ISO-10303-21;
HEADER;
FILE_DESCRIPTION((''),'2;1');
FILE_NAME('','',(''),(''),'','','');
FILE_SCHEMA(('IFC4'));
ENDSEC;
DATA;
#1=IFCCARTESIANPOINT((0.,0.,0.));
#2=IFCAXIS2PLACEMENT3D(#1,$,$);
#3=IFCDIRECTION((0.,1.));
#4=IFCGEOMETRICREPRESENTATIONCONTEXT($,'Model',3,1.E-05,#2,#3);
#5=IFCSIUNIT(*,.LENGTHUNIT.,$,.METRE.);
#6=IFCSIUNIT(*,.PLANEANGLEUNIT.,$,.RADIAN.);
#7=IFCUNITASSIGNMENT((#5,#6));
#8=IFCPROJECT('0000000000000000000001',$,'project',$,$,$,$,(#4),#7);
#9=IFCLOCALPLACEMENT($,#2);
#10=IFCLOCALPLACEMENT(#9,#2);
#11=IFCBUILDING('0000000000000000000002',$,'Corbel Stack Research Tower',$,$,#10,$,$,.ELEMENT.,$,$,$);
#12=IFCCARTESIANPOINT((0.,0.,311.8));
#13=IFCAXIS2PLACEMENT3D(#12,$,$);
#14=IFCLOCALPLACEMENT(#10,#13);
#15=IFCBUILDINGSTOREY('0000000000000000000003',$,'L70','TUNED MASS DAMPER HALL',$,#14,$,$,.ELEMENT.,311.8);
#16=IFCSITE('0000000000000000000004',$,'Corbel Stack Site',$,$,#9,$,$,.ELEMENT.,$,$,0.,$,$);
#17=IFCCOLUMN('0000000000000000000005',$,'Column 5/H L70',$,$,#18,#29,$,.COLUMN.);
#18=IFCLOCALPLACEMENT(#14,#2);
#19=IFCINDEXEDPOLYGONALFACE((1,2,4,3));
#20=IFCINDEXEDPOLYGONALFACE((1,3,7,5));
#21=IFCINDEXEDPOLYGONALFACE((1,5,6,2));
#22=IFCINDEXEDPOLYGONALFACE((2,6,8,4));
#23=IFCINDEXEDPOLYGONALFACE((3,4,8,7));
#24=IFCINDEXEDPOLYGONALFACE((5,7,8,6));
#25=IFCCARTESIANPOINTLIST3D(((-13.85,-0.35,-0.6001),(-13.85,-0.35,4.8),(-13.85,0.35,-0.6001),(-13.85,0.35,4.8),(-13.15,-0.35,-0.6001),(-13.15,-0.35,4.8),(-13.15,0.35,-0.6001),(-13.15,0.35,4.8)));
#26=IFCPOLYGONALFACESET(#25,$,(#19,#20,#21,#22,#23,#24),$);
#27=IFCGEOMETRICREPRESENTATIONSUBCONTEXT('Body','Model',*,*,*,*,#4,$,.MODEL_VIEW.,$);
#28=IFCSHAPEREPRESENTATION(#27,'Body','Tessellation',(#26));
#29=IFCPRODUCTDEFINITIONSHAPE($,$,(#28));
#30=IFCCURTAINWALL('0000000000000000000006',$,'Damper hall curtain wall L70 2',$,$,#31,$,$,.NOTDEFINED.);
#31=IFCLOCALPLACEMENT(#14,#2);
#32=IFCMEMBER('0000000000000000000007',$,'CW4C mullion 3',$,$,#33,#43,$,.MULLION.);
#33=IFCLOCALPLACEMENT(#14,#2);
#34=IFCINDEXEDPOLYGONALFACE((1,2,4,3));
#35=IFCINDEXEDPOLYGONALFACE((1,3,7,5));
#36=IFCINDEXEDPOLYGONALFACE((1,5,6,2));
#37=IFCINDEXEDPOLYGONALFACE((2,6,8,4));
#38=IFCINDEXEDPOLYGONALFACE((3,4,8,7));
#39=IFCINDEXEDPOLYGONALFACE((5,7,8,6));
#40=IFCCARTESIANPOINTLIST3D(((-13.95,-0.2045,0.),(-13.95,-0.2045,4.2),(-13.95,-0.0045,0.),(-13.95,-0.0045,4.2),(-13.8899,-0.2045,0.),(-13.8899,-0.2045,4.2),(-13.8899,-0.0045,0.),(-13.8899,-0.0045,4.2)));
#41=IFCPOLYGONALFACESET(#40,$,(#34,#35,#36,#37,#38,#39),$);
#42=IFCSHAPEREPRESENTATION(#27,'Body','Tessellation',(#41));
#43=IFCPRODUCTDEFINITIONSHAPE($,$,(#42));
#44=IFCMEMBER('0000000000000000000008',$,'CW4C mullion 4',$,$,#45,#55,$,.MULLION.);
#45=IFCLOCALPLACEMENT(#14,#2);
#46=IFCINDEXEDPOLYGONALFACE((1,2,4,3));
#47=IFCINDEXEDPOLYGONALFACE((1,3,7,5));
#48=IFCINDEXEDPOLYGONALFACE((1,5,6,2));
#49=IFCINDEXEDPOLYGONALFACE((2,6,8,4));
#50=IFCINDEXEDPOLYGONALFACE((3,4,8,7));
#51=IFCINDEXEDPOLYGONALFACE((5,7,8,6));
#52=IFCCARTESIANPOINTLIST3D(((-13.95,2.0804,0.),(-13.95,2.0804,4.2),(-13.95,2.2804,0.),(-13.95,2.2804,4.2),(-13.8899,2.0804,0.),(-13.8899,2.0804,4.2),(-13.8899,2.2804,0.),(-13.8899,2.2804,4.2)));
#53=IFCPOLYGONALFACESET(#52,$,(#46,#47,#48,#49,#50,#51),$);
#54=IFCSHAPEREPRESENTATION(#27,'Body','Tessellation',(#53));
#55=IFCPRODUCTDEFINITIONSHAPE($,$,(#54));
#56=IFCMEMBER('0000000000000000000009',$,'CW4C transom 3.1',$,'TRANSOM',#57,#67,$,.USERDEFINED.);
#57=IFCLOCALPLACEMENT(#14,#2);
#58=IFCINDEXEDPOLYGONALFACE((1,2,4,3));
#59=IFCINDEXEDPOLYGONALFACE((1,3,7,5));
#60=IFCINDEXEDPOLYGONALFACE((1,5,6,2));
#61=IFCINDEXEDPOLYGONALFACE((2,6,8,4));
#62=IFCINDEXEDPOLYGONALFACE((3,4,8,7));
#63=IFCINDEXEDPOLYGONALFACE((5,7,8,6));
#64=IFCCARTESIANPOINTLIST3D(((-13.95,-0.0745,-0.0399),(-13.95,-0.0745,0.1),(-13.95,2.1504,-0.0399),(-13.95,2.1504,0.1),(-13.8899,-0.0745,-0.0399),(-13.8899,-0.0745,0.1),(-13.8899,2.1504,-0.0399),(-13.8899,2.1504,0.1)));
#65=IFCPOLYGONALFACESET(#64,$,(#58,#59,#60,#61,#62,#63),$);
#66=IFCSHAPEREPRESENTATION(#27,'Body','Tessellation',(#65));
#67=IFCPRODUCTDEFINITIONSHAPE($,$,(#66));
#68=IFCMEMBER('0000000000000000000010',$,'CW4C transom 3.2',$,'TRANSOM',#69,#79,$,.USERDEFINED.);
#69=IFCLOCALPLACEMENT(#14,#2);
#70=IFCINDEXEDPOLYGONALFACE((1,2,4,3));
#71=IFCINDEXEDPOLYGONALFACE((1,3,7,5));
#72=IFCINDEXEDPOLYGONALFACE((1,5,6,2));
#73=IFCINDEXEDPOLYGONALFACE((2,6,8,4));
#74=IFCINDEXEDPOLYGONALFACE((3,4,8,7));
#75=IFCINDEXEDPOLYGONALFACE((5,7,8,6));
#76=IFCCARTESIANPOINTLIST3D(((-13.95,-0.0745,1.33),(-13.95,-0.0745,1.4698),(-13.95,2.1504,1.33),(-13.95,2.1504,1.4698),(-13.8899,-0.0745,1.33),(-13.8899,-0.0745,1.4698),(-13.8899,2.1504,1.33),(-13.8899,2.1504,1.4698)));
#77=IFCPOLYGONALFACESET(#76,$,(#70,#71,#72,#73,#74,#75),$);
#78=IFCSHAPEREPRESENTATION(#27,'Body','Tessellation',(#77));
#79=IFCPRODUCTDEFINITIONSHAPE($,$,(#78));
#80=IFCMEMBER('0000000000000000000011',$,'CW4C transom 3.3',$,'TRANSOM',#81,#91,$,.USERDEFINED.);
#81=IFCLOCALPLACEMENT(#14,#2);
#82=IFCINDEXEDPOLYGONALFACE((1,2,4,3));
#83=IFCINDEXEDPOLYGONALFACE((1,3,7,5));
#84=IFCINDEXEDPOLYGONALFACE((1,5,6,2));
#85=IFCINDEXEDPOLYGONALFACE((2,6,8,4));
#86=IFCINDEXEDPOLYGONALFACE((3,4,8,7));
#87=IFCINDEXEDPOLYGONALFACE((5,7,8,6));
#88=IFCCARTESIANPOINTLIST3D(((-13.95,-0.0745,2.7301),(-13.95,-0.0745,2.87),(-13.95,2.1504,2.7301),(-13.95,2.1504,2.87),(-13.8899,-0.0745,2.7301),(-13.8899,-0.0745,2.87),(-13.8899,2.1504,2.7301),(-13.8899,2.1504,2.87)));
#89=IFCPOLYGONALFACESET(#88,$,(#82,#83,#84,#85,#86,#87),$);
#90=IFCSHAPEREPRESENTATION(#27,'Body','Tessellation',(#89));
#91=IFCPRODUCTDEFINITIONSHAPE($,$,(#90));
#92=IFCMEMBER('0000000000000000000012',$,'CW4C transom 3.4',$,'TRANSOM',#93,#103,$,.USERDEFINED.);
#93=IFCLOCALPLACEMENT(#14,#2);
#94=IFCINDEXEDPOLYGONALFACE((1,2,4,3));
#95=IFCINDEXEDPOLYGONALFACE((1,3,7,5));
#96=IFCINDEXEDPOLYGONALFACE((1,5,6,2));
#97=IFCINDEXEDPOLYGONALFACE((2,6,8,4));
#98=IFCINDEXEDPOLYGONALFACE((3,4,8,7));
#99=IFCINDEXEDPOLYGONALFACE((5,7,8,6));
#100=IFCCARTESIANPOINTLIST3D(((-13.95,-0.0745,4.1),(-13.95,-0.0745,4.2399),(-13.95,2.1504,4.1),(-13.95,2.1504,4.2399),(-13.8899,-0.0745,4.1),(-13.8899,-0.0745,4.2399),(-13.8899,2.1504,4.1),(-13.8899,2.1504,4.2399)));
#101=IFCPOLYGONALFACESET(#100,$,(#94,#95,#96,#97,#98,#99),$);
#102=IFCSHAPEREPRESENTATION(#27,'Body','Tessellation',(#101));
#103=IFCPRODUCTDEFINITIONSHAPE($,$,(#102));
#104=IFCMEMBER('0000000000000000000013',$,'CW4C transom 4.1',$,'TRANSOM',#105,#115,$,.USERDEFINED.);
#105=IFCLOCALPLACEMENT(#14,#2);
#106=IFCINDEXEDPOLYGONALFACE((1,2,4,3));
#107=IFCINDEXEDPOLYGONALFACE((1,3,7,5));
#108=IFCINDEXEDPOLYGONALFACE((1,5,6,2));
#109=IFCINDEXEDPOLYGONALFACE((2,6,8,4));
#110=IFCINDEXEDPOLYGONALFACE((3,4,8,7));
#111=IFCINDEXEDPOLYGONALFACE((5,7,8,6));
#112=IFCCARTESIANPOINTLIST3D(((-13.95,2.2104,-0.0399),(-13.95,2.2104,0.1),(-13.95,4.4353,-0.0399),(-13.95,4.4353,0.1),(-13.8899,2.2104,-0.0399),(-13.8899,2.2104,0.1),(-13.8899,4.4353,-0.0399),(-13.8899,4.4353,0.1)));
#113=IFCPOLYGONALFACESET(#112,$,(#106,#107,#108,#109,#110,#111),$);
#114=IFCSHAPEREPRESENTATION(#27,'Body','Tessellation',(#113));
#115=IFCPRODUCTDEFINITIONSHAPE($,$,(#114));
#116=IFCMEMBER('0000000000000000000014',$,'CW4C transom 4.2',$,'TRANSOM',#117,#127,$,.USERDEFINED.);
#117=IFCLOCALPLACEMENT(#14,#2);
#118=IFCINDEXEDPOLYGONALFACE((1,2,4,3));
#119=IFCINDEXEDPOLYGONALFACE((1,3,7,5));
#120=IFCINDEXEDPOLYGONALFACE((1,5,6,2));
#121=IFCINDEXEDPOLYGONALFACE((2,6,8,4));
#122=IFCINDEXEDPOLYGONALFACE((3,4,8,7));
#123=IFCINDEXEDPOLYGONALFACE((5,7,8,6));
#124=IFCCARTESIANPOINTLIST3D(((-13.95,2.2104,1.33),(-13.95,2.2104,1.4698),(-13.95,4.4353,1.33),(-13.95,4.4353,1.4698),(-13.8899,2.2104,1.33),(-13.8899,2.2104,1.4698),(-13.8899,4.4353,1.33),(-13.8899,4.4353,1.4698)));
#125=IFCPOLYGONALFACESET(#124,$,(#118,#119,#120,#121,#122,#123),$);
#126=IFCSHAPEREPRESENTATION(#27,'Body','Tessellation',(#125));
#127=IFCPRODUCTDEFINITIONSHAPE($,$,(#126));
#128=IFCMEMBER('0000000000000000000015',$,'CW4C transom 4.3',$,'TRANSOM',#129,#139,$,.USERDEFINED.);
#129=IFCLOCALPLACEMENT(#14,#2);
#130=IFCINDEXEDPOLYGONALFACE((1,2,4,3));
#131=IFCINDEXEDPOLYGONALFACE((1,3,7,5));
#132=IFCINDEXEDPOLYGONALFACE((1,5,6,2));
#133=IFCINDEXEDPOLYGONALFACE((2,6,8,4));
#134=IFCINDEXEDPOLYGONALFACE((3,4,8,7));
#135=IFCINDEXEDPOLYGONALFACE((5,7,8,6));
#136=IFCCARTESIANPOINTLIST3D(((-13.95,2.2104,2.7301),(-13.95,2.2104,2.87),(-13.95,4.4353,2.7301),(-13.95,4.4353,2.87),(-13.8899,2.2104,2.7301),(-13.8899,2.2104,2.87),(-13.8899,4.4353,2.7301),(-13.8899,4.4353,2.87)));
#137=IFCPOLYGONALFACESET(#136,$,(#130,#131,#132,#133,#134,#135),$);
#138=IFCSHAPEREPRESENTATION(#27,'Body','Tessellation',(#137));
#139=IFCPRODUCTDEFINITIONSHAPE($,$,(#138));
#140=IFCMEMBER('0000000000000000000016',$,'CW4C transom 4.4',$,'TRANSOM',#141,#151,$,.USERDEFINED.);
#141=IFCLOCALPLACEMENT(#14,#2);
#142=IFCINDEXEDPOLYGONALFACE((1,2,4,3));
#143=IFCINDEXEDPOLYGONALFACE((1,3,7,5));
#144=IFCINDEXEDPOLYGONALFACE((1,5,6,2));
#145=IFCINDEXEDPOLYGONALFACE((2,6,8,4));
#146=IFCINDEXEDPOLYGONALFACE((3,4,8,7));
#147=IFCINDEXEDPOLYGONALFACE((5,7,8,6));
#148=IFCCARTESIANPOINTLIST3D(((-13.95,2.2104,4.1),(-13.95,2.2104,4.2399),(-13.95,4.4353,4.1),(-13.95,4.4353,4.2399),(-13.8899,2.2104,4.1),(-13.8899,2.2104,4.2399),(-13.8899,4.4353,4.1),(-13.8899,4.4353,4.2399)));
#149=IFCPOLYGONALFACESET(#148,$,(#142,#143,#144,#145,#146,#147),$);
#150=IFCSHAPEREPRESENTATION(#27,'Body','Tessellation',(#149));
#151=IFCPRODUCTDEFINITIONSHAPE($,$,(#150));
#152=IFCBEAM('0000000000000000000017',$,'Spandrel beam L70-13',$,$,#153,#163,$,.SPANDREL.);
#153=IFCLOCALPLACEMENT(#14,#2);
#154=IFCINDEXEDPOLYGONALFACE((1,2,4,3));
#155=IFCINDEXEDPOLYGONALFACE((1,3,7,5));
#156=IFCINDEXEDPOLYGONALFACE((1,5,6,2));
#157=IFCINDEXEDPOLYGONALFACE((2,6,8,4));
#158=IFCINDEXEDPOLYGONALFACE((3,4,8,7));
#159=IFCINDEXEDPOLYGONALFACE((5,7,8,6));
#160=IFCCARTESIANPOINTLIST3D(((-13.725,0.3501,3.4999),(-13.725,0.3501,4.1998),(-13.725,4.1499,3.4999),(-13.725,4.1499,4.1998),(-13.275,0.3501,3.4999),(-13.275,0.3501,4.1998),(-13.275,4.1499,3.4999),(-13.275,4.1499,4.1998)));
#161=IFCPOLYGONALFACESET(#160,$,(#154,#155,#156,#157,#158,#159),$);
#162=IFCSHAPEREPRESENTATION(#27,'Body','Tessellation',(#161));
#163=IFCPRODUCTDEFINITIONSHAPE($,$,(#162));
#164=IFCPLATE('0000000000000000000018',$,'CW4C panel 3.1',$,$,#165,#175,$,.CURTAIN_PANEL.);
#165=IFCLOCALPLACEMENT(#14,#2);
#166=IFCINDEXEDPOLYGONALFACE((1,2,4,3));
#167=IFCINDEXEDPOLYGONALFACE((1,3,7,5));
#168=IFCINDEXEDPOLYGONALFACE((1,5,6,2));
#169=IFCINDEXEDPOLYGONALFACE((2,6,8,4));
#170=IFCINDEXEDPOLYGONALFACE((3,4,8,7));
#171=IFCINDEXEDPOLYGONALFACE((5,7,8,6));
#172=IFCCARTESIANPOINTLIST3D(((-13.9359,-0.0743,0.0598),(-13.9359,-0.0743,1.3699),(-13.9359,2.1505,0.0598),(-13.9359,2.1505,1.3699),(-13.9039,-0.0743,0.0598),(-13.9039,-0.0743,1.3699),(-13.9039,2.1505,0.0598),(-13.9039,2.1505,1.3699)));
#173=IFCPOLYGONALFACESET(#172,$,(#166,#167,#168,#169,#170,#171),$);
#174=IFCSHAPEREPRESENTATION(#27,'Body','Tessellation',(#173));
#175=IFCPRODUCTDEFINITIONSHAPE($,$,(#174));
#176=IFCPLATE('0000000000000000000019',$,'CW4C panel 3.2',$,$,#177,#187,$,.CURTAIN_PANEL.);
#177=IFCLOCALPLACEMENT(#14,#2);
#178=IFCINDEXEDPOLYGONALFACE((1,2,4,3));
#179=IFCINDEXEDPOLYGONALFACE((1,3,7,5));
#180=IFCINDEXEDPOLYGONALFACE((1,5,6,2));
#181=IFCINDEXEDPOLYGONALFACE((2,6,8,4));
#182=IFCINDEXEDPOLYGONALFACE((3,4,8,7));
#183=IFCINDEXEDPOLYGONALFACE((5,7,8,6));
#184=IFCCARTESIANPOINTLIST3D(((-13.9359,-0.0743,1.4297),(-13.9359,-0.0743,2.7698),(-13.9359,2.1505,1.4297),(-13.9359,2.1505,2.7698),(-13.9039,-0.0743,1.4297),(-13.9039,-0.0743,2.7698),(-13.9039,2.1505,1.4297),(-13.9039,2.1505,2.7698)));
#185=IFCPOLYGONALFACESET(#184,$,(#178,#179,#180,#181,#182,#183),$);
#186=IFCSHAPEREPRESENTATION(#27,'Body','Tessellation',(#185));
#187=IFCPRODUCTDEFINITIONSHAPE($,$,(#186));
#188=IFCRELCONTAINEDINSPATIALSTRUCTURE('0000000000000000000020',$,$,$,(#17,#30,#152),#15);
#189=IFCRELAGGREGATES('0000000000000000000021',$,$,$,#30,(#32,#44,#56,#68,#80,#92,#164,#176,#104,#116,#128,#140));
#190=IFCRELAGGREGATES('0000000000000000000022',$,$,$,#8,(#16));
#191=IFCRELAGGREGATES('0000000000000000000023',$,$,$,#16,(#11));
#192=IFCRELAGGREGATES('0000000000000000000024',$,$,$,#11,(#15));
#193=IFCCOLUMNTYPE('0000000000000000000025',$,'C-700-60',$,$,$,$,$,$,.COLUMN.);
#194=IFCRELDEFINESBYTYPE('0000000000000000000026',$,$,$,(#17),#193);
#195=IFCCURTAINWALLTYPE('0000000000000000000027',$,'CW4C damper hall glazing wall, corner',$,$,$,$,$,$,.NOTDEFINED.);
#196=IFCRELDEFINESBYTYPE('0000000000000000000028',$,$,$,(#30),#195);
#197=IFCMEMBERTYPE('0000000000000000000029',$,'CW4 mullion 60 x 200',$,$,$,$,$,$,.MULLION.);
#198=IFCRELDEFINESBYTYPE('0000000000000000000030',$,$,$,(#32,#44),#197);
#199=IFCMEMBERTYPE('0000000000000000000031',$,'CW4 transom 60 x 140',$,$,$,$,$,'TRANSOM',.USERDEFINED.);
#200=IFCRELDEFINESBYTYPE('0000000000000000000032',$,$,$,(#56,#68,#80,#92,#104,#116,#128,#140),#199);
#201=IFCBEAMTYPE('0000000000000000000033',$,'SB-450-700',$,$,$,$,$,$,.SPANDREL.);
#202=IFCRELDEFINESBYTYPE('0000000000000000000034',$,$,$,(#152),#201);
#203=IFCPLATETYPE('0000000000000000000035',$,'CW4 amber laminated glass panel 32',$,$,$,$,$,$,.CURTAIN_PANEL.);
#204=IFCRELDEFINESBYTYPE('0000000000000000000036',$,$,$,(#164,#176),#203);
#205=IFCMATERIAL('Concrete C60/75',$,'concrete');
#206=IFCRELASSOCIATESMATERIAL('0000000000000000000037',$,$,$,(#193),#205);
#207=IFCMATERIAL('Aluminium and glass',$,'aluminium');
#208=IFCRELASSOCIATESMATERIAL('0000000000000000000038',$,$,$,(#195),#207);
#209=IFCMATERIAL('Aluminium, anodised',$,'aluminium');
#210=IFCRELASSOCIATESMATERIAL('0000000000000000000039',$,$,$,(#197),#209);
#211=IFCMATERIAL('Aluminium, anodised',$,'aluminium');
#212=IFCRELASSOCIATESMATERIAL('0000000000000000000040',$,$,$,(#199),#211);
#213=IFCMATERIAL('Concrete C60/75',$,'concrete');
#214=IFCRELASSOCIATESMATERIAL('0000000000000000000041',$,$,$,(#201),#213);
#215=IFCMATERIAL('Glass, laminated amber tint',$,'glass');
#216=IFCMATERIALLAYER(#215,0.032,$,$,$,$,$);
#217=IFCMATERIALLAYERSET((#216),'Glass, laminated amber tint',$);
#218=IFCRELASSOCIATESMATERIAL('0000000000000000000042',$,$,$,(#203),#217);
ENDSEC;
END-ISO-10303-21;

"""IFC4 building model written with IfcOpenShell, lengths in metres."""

from ifc_helpers import new_model, si_unit, direction, frame, origin, origin_2d, place, context, subcontext, project, spatial, rectangle, extrude, material, layer, layer_set, material_profile, profile_set, type_object, element, aggregate, save


model = new_model("IFC4")

# Units and contexts
model_context = context("Model", 3, precision=1e-05, world=origin(), true_north=direction((0.0, 1.0)))
body_context = subcontext(model_context, "Body", "Model", "MODEL_VIEW")
ifc_project = project(units=[si_unit("LENGTHUNIT", "METRE"), si_unit("PLANEANGLEUNIT", "RADIAN")], contexts=[model_context])

# Site, building, storey
site_placement = place(None, origin())
site = spatial("IfcSite", under=ifc_project, at=site_placement, Name="Corbel Stack Site", CompositionType="ELEMENT", RefElevation=0.0)
building_placement = place(site_placement, origin())
building = spatial("IfcBuilding", under=site, at=building_placement, Name="Corbel Stack Research Tower", CompositionType="ELEMENT")
storey_placement = place(building_placement, frame((0.0, 0.0, 311.8)))
storey = spatial("IfcBuildingStorey", under=building, at=storey_placement, Name="L70", Description="TUNED MASS DAMPER HALL", CompositionType="ELEMENT", Elevation=311.8)

# Column
ifc_material_1 = material(Name="Concrete C60/75", Category="concrete")
ifc_material_profile_1 = material_profile(ifc_material_1, rectangle(XDim=0.7, YDim=0.7, at=origin_2d()), Name="RC 700 x 700")
ifc_profile_set_1 = profile_set([ifc_material_profile_1], Name="Concrete C60/75")
column_type = type_object("IfcColumnType", Name="C-700-60", PredefinedType="COLUMN", material=ifc_profile_set_1)
column_placement = place(storey_placement, frame((-13.5, 0.0, -0.6001), z_axis=(0.0, 0.0, 1.0), x_axis=(1.0, 0.0, 0.0)))
element("IfcColumn", 1, at=column_placement, inside=storey, type_object=column_type, Name="Column 5/H L70", PredefinedType="COLUMN", context=body_context, shape_type="SweptSolid", body=[
    extrude(rectangle(XDim=0.7, YDim=0.7, at=origin_2d()), origin(), (0.0, 0.0, 1.0), 5.4001),
])

# Curtain wall, members
ifc_material_2 = material(Name="Aluminium and glass", Category="aluminium")
curtain_wall_type = type_object("IfcCurtainWallType", Name="CW4C damper hall glazing wall, corner", PredefinedType="NOTDEFINED", material=ifc_material_2)
curtain_wall_placement = place(storey_placement, origin())
curtain_wall = element("IfcCurtainWall", 2, at=curtain_wall_placement, inside=storey, type_object=curtain_wall_type, Name="Damper hall curtain wall L70 2", PredefinedType="NOTDEFINED")
ifc_material_3 = material(Name="Aluminium, anodised", Category="aluminium")
ifc_material_profile_2 = material_profile(ifc_material_3, rectangle(XDim=0.0601, YDim=0.2, at=origin_2d()), Name="CW4 mullion 60 x 200")
ifc_profile_set_2 = profile_set([ifc_material_profile_2], Name="Aluminium, anodised")
member_type_1 = type_object("IfcMemberType", Name="CW4 mullion 60 x 200", PredefinedType="MULLION", material=ifc_profile_set_2)
member_1_placement = place(storey_placement, frame((-13.9199, -0.1045, 0.0), z_axis=(0.0, 0.0, 1.0), x_axis=(-1.0, 0.0, 0.0)))
member_1 = element("IfcMember", 3, at=member_1_placement, type_object=member_type_1, Name="CW4C mullion 3", PredefinedType="MULLION", context=body_context, shape_type="SweptSolid", body=[
    extrude(rectangle(XDim=0.0601, YDim=0.2, at=origin_2d()), origin(), (0.0, 0.0, 1.0), 4.2),
])
member_2_placement = place(storey_placement, frame((-13.9199, 2.1804, 0.0), z_axis=(0.0, 0.0, 1.0), x_axis=(-1.0, 0.0, 0.0)))
member_2 = element("IfcMember", 4, at=member_2_placement, type_object=member_type_1, Name="CW4C mullion 4", PredefinedType="MULLION", context=body_context, shape_type="SweptSolid", body=[
    extrude(rectangle(XDim=0.0601, YDim=0.2, at=origin_2d()), origin(), (0.0, 0.0, 1.0), 4.2),
])
ifc_material_4 = material(Name="Aluminium, anodised", Category="aluminium")
ifc_material_profile_3 = material_profile(ifc_material_4, rectangle(XDim=0.0601, YDim=0.1399, at=origin_2d()), Name="CW4 transom 60 x 140")
ifc_profile_set_3 = profile_set([ifc_material_profile_3], Name="Aluminium, anodised")
member_type_2 = type_object("IfcMemberType", Name="CW4 transom 60 x 140", ElementType="TRANSOM", PredefinedType="USERDEFINED", material=ifc_profile_set_3)
member_3_placement = place(storey_placement, frame((-13.9199, -0.0745, 0.03), z_axis=(0.0, 1.0, 0.0), x_axis=(-1.0, 0.0, 0.0)))
member_3 = element("IfcMember", 5, at=member_3_placement, type_object=member_type_2, Name="CW4C transom 3.1", ObjectType="TRANSOM", PredefinedType="USERDEFINED", context=body_context, shape_type="SweptSolid", body=[
    extrude(rectangle(XDim=0.0601, YDim=0.1399, at=origin_2d()), origin(), (0.0, 0.0, 1.0), 2.2249),
])
member_4_placement = place(storey_placement, frame((-13.9199, -0.0745, 1.3999), z_axis=(0.0, 1.0, 0.0), x_axis=(-1.0, 0.0, 0.0)))
member_4 = element("IfcMember", 6, at=member_4_placement, type_object=member_type_2, Name="CW4C transom 3.2", ObjectType="TRANSOM", PredefinedType="USERDEFINED", context=body_context, shape_type="SweptSolid", body=[
    extrude(rectangle(XDim=0.0601, YDim=0.1399, at=origin_2d()), origin(), (0.0, 0.0, 1.0), 2.2249),
])
member_5_placement = place(storey_placement, frame((-13.9199, -0.0745, 2.8), z_axis=(0.0, 1.0, 0.0), x_axis=(-1.0, 0.0, 0.0)))
member_5 = element("IfcMember", 7, at=member_5_placement, type_object=member_type_2, Name="CW4C transom 3.3", ObjectType="TRANSOM", PredefinedType="USERDEFINED", context=body_context, shape_type="SweptSolid", body=[
    extrude(rectangle(XDim=0.0601, YDim=0.1399, at=origin_2d()), origin(), (0.0, 0.0, 1.0), 2.2249),
])
member_6_placement = place(storey_placement, frame((-13.9199, -0.0745, 4.1699), z_axis=(0.0, 1.0, 0.0), x_axis=(-1.0, 0.0, 0.0)))
member_6 = element("IfcMember", 8, at=member_6_placement, type_object=member_type_2, Name="CW4C transom 3.4", ObjectType="TRANSOM", PredefinedType="USERDEFINED", context=body_context, shape_type="SweptSolid", body=[
    extrude(rectangle(XDim=0.0601, YDim=0.1399, at=origin_2d()), origin(), (0.0, 0.0, 1.0), 2.2249),
])
member_7_placement = place(storey_placement, frame((-13.9199, 2.2104, 0.03), z_axis=(0.0, 1.0, 0.0), x_axis=(-1.0, 0.0, 0.0)))
member_7 = element("IfcMember", 9, at=member_7_placement, type_object=member_type_2, Name="CW4C transom 4.1", ObjectType="TRANSOM", PredefinedType="USERDEFINED", context=body_context, shape_type="SweptSolid", body=[
    extrude(rectangle(XDim=0.0601, YDim=0.1399, at=origin_2d()), origin(), (0.0, 0.0, 1.0), 2.2249),
])
member_8_placement = place(storey_placement, frame((-13.9199, 2.2104, 1.3999), z_axis=(0.0, 1.0, 0.0), x_axis=(-1.0, 0.0, 0.0)))
member_8 = element("IfcMember", 10, at=member_8_placement, type_object=member_type_2, Name="CW4C transom 4.2", ObjectType="TRANSOM", PredefinedType="USERDEFINED", context=body_context, shape_type="SweptSolid", body=[
    extrude(rectangle(XDim=0.0601, YDim=0.1399, at=origin_2d()), origin(), (0.0, 0.0, 1.0), 2.2249),
])
member_9_placement = place(storey_placement, frame((-13.9199, 2.2104, 2.8), z_axis=(0.0, 1.0, 0.0), x_axis=(-1.0, 0.0, 0.0)))
member_9 = element("IfcMember", 11, at=member_9_placement, type_object=member_type_2, Name="CW4C transom 4.3", ObjectType="TRANSOM", PredefinedType="USERDEFINED", context=body_context, shape_type="SweptSolid", body=[
    extrude(rectangle(XDim=0.0601, YDim=0.1399, at=origin_2d()), origin(), (0.0, 0.0, 1.0), 2.2249),
])
member_10_placement = place(storey_placement, frame((-13.9199, 2.2104, 4.1699), z_axis=(0.0, 1.0, 0.0), x_axis=(-1.0, 0.0, 0.0)))
member_10 = element("IfcMember", 12, at=member_10_placement, type_object=member_type_2, Name="CW4C transom 4.4", ObjectType="TRANSOM", PredefinedType="USERDEFINED", context=body_context, shape_type="SweptSolid", body=[
    extrude(rectangle(XDim=0.0601, YDim=0.1399, at=origin_2d()), origin(), (0.0, 0.0, 1.0), 2.2249),
])

# Beam
ifc_material_5 = material(Name="Concrete C60/75", Category="concrete")
ifc_material_profile_4 = material_profile(ifc_material_5, rectangle(XDim=0.45, YDim=0.7, at=origin_2d()), Name="RC 450 x 700")
ifc_profile_set_4 = profile_set([ifc_material_profile_4], Name="Concrete C60/75")
beam_type = type_object("IfcBeamType", Name="SB-450-700", PredefinedType="SPANDREL", material=ifc_profile_set_4)
beam_placement = place(storey_placement, frame((-13.5, 4.1499, 3.8499), z_axis=(0.0, -1.0, 0.0), x_axis=(1.0, 0.0, 0.0)))
element("IfcBeam", 13, at=beam_placement, inside=storey, type_object=beam_type, Name="Spandrel beam L70-13", PredefinedType="SPANDREL", context=body_context, shape_type="SweptSolid", body=[
    extrude(rectangle(XDim=0.45, YDim=0.7, at=origin_2d()), origin(), (0.0, 0.0, 1.0), 3.7998),
])

# Plates
ifc_material_6 = material(Name="Glass, laminated amber tint", Category="glass")
ifc_layer_1 = layer(ifc_material_6, 0.032)
ifc_layer_set_1 = layer_set([ifc_layer_1], Name="Glass, laminated amber tint")
plate_type = type_object("IfcPlateType", Name="CW4 amber laminated glass panel 32", PredefinedType="CURTAIN_PANEL", material=ifc_layer_set_1)
plate_1_placement = place(storey_placement, frame((-13.9199, 1.0381, 0.0598), z_axis=(0.0, 0.0, 1.0), x_axis=(0.0, 1.0, 0.0)))
plate_1 = element("IfcPlate", 14, at=plate_1_placement, type_object=plate_type, Name="CW4C panel 3.1", PredefinedType="CURTAIN_PANEL", context=body_context, shape_type="SweptSolid", body=[
    extrude(rectangle(XDim=2.2249, YDim=0.032, at=origin_2d()), origin(), (0.0, 0.0, 1.0), 1.3101),
])
plate_2_placement = place(storey_placement, frame((-13.9199, 1.0381, 1.4297), z_axis=(0.0, 0.0, 1.0), x_axis=(0.0, 1.0, 0.0)))
plate_2 = element("IfcPlate", 15, at=plate_2_placement, type_object=plate_type, Name="CW4C panel 3.2", PredefinedType="CURTAIN_PANEL", context=body_context, shape_type="SweptSolid", body=[
    extrude(rectangle(XDim=2.2249, YDim=0.032, at=origin_2d()), origin(), (0.0, 0.0, 1.0), 1.3401),
])
aggregate(curtain_wall, [member_1, member_2, member_3, member_4, member_5, member_6, plate_1, plate_2, member_7, member_8, member_9, member_10])

save(model, "model.ifc")
